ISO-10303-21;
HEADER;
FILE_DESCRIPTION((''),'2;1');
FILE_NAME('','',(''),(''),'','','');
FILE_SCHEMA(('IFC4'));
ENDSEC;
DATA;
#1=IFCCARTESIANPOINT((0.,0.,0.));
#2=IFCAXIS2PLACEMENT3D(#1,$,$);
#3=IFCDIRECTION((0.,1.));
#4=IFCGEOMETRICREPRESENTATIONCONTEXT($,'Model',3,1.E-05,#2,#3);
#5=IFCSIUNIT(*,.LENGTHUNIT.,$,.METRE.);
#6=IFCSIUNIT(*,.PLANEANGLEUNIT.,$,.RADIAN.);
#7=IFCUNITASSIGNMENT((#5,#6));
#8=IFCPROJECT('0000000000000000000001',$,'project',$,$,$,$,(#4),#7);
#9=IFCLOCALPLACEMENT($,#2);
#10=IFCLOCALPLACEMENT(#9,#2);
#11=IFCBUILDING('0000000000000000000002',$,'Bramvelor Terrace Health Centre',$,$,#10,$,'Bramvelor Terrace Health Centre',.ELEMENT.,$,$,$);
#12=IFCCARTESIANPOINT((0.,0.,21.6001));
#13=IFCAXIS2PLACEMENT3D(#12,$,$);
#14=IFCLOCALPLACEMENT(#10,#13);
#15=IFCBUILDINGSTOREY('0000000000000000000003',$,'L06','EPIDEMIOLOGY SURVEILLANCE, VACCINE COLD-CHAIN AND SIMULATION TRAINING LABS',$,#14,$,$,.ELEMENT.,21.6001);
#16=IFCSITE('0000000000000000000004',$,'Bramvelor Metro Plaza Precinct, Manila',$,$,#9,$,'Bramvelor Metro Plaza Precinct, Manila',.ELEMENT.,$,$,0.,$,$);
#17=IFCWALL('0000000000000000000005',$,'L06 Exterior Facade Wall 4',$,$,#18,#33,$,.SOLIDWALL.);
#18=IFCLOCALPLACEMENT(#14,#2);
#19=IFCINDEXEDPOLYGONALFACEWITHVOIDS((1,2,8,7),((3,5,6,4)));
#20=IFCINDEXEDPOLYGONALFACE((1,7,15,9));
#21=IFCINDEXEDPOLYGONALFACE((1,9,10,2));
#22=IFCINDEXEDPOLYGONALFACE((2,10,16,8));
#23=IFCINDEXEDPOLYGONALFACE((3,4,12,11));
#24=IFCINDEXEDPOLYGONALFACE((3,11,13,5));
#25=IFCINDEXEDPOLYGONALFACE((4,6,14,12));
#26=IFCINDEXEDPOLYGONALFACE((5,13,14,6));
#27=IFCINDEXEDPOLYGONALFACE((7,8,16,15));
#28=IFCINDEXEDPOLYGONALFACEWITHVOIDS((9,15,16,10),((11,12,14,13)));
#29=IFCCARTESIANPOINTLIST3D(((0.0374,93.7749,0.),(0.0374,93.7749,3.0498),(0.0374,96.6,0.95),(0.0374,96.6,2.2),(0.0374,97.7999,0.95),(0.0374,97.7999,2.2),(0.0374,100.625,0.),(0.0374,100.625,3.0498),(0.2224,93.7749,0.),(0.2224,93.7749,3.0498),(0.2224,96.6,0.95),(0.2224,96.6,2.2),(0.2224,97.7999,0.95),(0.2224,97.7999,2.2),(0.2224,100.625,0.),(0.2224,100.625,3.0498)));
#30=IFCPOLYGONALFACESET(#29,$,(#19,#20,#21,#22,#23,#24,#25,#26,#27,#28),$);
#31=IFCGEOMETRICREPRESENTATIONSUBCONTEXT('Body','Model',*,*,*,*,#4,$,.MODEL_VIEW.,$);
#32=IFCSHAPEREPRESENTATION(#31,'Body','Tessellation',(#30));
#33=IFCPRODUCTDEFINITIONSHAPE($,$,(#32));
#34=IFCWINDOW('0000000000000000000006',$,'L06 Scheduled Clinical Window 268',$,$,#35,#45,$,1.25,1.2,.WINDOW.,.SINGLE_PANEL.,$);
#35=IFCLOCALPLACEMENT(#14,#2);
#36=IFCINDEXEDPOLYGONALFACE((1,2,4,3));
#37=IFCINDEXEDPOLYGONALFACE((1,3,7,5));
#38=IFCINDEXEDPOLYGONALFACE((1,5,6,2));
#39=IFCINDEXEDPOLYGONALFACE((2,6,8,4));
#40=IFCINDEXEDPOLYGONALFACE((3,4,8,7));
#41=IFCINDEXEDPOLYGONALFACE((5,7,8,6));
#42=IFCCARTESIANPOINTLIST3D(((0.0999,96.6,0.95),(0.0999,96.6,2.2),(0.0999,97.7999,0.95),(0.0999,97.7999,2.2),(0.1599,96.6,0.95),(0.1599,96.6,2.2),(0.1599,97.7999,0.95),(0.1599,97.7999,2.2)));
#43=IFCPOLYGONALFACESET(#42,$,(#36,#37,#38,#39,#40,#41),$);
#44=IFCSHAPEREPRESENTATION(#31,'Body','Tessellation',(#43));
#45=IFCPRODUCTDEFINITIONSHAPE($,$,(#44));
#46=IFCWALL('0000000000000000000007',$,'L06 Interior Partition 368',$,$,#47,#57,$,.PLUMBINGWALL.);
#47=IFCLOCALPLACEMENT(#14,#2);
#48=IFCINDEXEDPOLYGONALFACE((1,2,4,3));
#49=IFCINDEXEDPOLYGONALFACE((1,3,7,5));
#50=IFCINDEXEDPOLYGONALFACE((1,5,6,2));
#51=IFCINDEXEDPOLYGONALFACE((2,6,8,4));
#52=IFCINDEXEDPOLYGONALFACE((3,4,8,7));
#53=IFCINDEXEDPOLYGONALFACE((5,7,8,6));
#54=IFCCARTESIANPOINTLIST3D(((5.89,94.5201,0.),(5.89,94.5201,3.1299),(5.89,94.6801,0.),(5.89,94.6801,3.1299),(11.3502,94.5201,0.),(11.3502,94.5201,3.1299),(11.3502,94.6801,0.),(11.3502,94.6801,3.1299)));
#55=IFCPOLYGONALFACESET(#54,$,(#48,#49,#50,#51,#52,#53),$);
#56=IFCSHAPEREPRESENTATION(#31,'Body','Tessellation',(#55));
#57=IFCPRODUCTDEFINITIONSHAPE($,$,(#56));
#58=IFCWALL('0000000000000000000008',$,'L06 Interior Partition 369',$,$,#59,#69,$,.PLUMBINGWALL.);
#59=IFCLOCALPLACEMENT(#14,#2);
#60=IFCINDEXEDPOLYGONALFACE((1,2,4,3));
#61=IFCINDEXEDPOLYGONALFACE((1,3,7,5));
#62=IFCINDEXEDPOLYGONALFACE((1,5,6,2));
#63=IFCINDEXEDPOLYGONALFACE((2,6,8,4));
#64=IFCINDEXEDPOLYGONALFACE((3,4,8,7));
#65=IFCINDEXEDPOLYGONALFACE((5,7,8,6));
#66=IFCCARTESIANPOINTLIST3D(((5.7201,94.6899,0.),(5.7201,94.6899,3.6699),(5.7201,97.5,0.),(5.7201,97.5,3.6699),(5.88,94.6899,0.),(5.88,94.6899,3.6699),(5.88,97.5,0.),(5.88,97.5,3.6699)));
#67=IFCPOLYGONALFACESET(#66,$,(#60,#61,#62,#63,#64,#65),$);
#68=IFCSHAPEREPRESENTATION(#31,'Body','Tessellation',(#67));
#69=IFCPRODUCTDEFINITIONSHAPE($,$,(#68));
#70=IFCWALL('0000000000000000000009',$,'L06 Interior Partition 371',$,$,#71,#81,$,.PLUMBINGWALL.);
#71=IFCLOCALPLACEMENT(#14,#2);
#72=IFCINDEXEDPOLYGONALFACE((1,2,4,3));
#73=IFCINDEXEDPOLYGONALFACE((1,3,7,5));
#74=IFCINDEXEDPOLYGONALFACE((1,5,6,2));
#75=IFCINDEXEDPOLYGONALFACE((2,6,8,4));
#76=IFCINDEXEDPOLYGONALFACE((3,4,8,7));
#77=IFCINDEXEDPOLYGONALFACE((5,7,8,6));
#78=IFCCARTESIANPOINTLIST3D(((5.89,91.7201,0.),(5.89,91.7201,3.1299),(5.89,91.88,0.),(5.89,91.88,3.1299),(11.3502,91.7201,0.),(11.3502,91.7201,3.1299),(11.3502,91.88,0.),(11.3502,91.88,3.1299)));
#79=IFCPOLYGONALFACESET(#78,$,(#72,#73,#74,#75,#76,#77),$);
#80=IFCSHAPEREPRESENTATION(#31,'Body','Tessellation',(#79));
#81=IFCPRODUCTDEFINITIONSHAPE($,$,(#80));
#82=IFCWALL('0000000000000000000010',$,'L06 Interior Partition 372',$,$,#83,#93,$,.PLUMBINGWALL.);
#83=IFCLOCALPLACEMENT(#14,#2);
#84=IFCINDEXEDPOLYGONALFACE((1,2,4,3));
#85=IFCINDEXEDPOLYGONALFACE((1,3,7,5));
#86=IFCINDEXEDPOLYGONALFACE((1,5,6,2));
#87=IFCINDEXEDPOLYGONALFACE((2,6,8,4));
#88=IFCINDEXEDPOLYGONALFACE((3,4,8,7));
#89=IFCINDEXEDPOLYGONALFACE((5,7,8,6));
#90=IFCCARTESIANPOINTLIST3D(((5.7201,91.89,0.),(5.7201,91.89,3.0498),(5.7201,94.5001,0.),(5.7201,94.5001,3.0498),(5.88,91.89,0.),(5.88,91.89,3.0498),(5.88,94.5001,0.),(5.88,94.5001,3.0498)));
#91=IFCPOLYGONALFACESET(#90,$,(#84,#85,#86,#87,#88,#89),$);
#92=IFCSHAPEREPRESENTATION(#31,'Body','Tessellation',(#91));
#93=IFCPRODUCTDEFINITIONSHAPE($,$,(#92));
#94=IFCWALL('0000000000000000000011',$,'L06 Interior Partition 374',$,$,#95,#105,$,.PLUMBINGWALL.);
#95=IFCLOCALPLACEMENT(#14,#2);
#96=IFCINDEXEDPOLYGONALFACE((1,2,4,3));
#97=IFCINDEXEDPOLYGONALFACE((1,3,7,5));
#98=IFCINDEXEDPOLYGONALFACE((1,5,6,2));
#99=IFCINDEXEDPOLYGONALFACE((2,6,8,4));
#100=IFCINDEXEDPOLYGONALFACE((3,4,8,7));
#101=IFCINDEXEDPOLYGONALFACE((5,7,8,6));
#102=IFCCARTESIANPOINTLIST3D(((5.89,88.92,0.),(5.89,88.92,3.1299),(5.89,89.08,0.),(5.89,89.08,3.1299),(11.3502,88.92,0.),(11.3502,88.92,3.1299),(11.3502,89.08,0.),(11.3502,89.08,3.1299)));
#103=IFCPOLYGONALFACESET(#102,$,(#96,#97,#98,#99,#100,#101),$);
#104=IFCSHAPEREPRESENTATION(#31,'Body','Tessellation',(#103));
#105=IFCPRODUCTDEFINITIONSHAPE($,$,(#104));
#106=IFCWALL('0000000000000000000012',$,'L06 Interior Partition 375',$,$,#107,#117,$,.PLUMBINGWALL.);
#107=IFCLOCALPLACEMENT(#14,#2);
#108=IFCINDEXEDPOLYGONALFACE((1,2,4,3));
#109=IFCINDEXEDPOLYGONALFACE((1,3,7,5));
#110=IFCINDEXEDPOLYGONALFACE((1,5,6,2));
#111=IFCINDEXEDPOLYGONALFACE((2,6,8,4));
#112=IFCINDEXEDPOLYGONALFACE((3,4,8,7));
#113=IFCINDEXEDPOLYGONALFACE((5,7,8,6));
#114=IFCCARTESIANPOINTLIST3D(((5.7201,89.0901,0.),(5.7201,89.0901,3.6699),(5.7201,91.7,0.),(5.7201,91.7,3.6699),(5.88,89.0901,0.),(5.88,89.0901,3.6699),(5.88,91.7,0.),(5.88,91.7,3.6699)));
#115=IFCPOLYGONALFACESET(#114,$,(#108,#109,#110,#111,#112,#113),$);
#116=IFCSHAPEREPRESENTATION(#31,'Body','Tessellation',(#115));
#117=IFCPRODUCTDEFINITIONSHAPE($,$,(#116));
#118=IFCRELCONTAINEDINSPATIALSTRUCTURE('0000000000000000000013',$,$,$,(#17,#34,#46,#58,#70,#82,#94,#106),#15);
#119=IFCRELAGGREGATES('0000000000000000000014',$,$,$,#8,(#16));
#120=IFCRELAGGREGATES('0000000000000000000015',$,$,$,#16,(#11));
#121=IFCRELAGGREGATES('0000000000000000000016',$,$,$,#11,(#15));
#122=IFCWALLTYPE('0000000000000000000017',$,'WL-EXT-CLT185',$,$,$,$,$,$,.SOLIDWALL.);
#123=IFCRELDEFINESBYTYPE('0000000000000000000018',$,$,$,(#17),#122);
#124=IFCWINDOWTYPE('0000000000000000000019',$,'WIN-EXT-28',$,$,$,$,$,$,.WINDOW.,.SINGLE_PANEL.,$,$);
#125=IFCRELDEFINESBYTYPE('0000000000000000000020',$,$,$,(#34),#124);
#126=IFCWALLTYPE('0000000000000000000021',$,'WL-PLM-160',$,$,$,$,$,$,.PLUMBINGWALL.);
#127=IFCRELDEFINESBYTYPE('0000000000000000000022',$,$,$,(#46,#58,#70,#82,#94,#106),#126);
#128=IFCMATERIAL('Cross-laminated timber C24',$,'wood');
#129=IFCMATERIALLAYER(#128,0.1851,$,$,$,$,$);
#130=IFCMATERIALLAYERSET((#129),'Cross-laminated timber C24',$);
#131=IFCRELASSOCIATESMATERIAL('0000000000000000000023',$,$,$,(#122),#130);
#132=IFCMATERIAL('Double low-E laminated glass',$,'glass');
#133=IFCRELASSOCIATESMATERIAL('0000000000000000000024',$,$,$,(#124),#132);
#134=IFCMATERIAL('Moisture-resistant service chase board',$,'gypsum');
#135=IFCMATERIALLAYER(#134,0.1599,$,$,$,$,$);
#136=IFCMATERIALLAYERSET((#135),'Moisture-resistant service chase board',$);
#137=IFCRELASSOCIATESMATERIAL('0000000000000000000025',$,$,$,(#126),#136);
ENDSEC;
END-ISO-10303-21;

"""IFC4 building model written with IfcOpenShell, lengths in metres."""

from ifc_helpers import new_model, si_unit, direction, frame, frame_2d, origin, place, context, subcontext, project, spatial, rectangle, extrude, material, layer, layer_set, type_object, element, fill, save


model = new_model("IFC4")

# Units and contexts
model_context = context("Model", 3, precision=1e-05, world=origin(), true_north=direction((0.0, 1.0)))
body_context = subcontext(model_context, "Body", "Model", "MODEL_VIEW")
ifc_project = project(units=[si_unit("LENGTHUNIT", "METRE"), si_unit("PLANEANGLEUNIT", "RADIAN")], contexts=[model_context])

# Site, building, storey
site_placement = place(None, origin())
site = spatial("IfcSite", under=ifc_project, at=site_placement, Name="Bramvelor Metro Plaza Precinct, Manila", LongName="Bramvelor Metro Plaza Precinct, Manila", CompositionType="ELEMENT", RefElevation=0.0)
building_placement = place(site_placement, origin())
building = spatial("IfcBuilding", under=site, at=building_placement, Name="Bramvelor Terrace Health Centre", LongName="Bramvelor Terrace Health Centre", CompositionType="ELEMENT")
storey_placement = place(building_placement, frame((0.0, 0.0, 21.6001)))
storey = spatial("IfcBuildingStorey", under=building, at=storey_placement, Name="L06", Description="EPIDEMIOLOGY SURVEILLANCE, VACCINE COLD-CHAIN AND SIMULATION TRAINING LABS", CompositionType="ELEMENT", Elevation=21.6001)

# Wall, opening, window
ifc_material_1 = material(Name="Cross-laminated timber C24", Category="wood")
ifc_layer_1 = layer(ifc_material_1, 0.1851)
ifc_layer_set_1 = layer_set([ifc_layer_1], Name="Cross-laminated timber C24")
wall_type_1 = type_object("IfcWallType", Name="WL-EXT-CLT185", PredefinedType="SOLIDWALL", material=ifc_layer_set_1)
wall_1_placement = place(storey_placement, frame((0.1299, 93.7749, 0.0), z_axis=(0.0, 0.0, 1.0), x_axis=(0.0, 1.0, 0.0)))
wall_1 = element("IfcWall", 1, at=wall_1_placement, inside=storey, type_object=wall_type_1, Name="L06 Exterior Facade Wall 4", PredefinedType="SOLIDWALL", context=body_context, shape_type="SweptSolid", body=[
    extrude(rectangle(XDim=6.8501, YDim=0.1851, at=frame_2d((3.425, 0.0))), origin(), (0.0, 0.0, 1.0), 3.0498),
])
opening_1_placement = place(wall_1_placement, frame((2.825, 0.0, 0.95)))
opening_1 = element("IfcOpeningElement", 2, at=opening_1_placement, cuts=wall_1, PredefinedType="OPENING", context=body_context, shape_type="SweptSolid", body=[
    extrude(rectangle(XDim=1.2, YDim=1.25, at=frame_2d((0.6001, 0.625))), frame((0.0, 0.1025, 0.0), z_axis=(0.0, -1.0, 0.0), x_axis=(1.0, 0.0, 0.0)), (0.0, 0.0, 1.0), 0.2051),
])
ifc_material_2 = material(Name="Double low-E laminated glass", Category="glass")
window_type = type_object("IfcWindowType", Name="WIN-EXT-28", PartitioningType="SINGLE_PANEL", PredefinedType="WINDOW", material=ifc_material_2)
window_placement = place(opening_1_placement, origin())
window = element("IfcWindow", 3, at=window_placement, inside=storey, type_object=window_type, Name="L06 Scheduled Clinical Window 268", OverallHeight=1.25, OverallWidth=1.2, PartitioningType="SINGLE_PANEL", PredefinedType="WINDOW", context=body_context, shape_type="SweptSolid", body=[
    extrude(rectangle(XDim=1.2, YDim=1.25, at=frame_2d((0.6001, 0.625))), frame((0.0, 0.03, 0.0), z_axis=(0.0, -1.0, 0.0), x_axis=(1.0, 0.0, 0.0)), (0.0, 0.0, 1.0), 0.0601),
])
fill(opening_1, window)

# Walls
ifc_material_3 = material(Name="Moisture-resistant service chase board", Category="gypsum")
ifc_layer_2 = layer(ifc_material_3, 0.1599)
ifc_layer_set_2 = layer_set([ifc_layer_2], Name="Moisture-resistant service chase board")
wall_type_2 = type_object("IfcWallType", Name="WL-PLM-160", PredefinedType="PLUMBINGWALL", material=ifc_layer_set_2)
wall_2_placement = place(storey_placement, frame((11.3501, 94.6001, 0.0), z_axis=(0.0, 0.0, 1.0), x_axis=(-1.0, 0.0, 0.0)))
element("IfcWall", 4, at=wall_2_placement, inside=storey, type_object=wall_type_2, Name="L06 Interior Partition 368", PredefinedType="PLUMBINGWALL", context=body_context, shape_type="SweptSolid", body=[
    extrude(rectangle(XDim=5.4602, YDim=0.1599, at=frame_2d((2.73, 0.0))), origin(), (0.0, 0.0, 1.0), 3.1299),
])
wall_3_placement = place(storey_placement, frame((5.8, 94.6899, 0.0), z_axis=(0.0, 0.0, 1.0), x_axis=(0.0, 1.0, 0.0)))
element("IfcWall", 5, at=wall_3_placement, inside=storey, type_object=wall_type_2, Name="L06 Interior Partition 369", PredefinedType="PLUMBINGWALL", context=body_context, shape_type="SweptSolid", body=[
    extrude(rectangle(XDim=2.8101, YDim=0.1599, at=frame_2d((1.405, 0.0))), origin(), (0.0, 0.0, 1.0), 3.6699),
])
wall_4_placement = place(storey_placement, frame((11.3501, 91.8, 0.0), z_axis=(0.0, 0.0, 1.0), x_axis=(-1.0, 0.0, 0.0)))
element("IfcWall", 6, at=wall_4_placement, inside=storey, type_object=wall_type_2, Name="L06 Interior Partition 371", PredefinedType="PLUMBINGWALL", context=body_context, shape_type="SweptSolid", body=[
    extrude(rectangle(XDim=5.4602, YDim=0.1599, at=frame_2d((2.73, 0.0))), origin(), (0.0, 0.0, 1.0), 3.1299),
])
wall_5_placement = place(storey_placement, frame((5.8, 91.8899, 0.0), z_axis=(0.0, 0.0, 1.0), x_axis=(0.0, 1.0, 0.0)))
element("IfcWall", 7, at=wall_5_placement, inside=storey, type_object=wall_type_2, Name="L06 Interior Partition 372", PredefinedType="PLUMBINGWALL", context=body_context, shape_type="SweptSolid", body=[
    extrude(rectangle(XDim=2.6101, YDim=0.1599, at=frame_2d((1.3052, 0.0))), origin(), (0.0, 0.0, 1.0), 3.0498),
])
wall_6_placement = place(storey_placement, frame((11.3501, 89.0, 0.0), z_axis=(0.0, 0.0, 1.0), x_axis=(-1.0, 0.0, 0.0)))
element("IfcWall", 8, at=wall_6_placement, inside=storey, type_object=wall_type_2, Name="L06 Interior Partition 374", PredefinedType="PLUMBINGWALL", context=body_context, shape_type="SweptSolid", body=[
    extrude(rectangle(XDim=5.4602, YDim=0.1599, at=frame_2d((2.73, 0.0))), origin(), (0.0, 0.0, 1.0), 3.1299),
])
wall_7_placement = place(storey_placement, frame((5.8, 89.0901, 0.0), z_axis=(0.0, 0.0, 1.0), x_axis=(0.0, 1.0, 0.0)))
element("IfcWall", 9, at=wall_7_placement, inside=storey, type_object=wall_type_2, Name="L06 Interior Partition 375", PredefinedType="PLUMBINGWALL", context=body_context, shape_type="SweptSolid", body=[
    extrude(rectangle(XDim=2.6099, YDim=0.1599, at=frame_2d((1.3049, 0.0))), origin(), (0.0, 0.0, 1.0), 3.6699),
])

save(model, "model.ifc")
